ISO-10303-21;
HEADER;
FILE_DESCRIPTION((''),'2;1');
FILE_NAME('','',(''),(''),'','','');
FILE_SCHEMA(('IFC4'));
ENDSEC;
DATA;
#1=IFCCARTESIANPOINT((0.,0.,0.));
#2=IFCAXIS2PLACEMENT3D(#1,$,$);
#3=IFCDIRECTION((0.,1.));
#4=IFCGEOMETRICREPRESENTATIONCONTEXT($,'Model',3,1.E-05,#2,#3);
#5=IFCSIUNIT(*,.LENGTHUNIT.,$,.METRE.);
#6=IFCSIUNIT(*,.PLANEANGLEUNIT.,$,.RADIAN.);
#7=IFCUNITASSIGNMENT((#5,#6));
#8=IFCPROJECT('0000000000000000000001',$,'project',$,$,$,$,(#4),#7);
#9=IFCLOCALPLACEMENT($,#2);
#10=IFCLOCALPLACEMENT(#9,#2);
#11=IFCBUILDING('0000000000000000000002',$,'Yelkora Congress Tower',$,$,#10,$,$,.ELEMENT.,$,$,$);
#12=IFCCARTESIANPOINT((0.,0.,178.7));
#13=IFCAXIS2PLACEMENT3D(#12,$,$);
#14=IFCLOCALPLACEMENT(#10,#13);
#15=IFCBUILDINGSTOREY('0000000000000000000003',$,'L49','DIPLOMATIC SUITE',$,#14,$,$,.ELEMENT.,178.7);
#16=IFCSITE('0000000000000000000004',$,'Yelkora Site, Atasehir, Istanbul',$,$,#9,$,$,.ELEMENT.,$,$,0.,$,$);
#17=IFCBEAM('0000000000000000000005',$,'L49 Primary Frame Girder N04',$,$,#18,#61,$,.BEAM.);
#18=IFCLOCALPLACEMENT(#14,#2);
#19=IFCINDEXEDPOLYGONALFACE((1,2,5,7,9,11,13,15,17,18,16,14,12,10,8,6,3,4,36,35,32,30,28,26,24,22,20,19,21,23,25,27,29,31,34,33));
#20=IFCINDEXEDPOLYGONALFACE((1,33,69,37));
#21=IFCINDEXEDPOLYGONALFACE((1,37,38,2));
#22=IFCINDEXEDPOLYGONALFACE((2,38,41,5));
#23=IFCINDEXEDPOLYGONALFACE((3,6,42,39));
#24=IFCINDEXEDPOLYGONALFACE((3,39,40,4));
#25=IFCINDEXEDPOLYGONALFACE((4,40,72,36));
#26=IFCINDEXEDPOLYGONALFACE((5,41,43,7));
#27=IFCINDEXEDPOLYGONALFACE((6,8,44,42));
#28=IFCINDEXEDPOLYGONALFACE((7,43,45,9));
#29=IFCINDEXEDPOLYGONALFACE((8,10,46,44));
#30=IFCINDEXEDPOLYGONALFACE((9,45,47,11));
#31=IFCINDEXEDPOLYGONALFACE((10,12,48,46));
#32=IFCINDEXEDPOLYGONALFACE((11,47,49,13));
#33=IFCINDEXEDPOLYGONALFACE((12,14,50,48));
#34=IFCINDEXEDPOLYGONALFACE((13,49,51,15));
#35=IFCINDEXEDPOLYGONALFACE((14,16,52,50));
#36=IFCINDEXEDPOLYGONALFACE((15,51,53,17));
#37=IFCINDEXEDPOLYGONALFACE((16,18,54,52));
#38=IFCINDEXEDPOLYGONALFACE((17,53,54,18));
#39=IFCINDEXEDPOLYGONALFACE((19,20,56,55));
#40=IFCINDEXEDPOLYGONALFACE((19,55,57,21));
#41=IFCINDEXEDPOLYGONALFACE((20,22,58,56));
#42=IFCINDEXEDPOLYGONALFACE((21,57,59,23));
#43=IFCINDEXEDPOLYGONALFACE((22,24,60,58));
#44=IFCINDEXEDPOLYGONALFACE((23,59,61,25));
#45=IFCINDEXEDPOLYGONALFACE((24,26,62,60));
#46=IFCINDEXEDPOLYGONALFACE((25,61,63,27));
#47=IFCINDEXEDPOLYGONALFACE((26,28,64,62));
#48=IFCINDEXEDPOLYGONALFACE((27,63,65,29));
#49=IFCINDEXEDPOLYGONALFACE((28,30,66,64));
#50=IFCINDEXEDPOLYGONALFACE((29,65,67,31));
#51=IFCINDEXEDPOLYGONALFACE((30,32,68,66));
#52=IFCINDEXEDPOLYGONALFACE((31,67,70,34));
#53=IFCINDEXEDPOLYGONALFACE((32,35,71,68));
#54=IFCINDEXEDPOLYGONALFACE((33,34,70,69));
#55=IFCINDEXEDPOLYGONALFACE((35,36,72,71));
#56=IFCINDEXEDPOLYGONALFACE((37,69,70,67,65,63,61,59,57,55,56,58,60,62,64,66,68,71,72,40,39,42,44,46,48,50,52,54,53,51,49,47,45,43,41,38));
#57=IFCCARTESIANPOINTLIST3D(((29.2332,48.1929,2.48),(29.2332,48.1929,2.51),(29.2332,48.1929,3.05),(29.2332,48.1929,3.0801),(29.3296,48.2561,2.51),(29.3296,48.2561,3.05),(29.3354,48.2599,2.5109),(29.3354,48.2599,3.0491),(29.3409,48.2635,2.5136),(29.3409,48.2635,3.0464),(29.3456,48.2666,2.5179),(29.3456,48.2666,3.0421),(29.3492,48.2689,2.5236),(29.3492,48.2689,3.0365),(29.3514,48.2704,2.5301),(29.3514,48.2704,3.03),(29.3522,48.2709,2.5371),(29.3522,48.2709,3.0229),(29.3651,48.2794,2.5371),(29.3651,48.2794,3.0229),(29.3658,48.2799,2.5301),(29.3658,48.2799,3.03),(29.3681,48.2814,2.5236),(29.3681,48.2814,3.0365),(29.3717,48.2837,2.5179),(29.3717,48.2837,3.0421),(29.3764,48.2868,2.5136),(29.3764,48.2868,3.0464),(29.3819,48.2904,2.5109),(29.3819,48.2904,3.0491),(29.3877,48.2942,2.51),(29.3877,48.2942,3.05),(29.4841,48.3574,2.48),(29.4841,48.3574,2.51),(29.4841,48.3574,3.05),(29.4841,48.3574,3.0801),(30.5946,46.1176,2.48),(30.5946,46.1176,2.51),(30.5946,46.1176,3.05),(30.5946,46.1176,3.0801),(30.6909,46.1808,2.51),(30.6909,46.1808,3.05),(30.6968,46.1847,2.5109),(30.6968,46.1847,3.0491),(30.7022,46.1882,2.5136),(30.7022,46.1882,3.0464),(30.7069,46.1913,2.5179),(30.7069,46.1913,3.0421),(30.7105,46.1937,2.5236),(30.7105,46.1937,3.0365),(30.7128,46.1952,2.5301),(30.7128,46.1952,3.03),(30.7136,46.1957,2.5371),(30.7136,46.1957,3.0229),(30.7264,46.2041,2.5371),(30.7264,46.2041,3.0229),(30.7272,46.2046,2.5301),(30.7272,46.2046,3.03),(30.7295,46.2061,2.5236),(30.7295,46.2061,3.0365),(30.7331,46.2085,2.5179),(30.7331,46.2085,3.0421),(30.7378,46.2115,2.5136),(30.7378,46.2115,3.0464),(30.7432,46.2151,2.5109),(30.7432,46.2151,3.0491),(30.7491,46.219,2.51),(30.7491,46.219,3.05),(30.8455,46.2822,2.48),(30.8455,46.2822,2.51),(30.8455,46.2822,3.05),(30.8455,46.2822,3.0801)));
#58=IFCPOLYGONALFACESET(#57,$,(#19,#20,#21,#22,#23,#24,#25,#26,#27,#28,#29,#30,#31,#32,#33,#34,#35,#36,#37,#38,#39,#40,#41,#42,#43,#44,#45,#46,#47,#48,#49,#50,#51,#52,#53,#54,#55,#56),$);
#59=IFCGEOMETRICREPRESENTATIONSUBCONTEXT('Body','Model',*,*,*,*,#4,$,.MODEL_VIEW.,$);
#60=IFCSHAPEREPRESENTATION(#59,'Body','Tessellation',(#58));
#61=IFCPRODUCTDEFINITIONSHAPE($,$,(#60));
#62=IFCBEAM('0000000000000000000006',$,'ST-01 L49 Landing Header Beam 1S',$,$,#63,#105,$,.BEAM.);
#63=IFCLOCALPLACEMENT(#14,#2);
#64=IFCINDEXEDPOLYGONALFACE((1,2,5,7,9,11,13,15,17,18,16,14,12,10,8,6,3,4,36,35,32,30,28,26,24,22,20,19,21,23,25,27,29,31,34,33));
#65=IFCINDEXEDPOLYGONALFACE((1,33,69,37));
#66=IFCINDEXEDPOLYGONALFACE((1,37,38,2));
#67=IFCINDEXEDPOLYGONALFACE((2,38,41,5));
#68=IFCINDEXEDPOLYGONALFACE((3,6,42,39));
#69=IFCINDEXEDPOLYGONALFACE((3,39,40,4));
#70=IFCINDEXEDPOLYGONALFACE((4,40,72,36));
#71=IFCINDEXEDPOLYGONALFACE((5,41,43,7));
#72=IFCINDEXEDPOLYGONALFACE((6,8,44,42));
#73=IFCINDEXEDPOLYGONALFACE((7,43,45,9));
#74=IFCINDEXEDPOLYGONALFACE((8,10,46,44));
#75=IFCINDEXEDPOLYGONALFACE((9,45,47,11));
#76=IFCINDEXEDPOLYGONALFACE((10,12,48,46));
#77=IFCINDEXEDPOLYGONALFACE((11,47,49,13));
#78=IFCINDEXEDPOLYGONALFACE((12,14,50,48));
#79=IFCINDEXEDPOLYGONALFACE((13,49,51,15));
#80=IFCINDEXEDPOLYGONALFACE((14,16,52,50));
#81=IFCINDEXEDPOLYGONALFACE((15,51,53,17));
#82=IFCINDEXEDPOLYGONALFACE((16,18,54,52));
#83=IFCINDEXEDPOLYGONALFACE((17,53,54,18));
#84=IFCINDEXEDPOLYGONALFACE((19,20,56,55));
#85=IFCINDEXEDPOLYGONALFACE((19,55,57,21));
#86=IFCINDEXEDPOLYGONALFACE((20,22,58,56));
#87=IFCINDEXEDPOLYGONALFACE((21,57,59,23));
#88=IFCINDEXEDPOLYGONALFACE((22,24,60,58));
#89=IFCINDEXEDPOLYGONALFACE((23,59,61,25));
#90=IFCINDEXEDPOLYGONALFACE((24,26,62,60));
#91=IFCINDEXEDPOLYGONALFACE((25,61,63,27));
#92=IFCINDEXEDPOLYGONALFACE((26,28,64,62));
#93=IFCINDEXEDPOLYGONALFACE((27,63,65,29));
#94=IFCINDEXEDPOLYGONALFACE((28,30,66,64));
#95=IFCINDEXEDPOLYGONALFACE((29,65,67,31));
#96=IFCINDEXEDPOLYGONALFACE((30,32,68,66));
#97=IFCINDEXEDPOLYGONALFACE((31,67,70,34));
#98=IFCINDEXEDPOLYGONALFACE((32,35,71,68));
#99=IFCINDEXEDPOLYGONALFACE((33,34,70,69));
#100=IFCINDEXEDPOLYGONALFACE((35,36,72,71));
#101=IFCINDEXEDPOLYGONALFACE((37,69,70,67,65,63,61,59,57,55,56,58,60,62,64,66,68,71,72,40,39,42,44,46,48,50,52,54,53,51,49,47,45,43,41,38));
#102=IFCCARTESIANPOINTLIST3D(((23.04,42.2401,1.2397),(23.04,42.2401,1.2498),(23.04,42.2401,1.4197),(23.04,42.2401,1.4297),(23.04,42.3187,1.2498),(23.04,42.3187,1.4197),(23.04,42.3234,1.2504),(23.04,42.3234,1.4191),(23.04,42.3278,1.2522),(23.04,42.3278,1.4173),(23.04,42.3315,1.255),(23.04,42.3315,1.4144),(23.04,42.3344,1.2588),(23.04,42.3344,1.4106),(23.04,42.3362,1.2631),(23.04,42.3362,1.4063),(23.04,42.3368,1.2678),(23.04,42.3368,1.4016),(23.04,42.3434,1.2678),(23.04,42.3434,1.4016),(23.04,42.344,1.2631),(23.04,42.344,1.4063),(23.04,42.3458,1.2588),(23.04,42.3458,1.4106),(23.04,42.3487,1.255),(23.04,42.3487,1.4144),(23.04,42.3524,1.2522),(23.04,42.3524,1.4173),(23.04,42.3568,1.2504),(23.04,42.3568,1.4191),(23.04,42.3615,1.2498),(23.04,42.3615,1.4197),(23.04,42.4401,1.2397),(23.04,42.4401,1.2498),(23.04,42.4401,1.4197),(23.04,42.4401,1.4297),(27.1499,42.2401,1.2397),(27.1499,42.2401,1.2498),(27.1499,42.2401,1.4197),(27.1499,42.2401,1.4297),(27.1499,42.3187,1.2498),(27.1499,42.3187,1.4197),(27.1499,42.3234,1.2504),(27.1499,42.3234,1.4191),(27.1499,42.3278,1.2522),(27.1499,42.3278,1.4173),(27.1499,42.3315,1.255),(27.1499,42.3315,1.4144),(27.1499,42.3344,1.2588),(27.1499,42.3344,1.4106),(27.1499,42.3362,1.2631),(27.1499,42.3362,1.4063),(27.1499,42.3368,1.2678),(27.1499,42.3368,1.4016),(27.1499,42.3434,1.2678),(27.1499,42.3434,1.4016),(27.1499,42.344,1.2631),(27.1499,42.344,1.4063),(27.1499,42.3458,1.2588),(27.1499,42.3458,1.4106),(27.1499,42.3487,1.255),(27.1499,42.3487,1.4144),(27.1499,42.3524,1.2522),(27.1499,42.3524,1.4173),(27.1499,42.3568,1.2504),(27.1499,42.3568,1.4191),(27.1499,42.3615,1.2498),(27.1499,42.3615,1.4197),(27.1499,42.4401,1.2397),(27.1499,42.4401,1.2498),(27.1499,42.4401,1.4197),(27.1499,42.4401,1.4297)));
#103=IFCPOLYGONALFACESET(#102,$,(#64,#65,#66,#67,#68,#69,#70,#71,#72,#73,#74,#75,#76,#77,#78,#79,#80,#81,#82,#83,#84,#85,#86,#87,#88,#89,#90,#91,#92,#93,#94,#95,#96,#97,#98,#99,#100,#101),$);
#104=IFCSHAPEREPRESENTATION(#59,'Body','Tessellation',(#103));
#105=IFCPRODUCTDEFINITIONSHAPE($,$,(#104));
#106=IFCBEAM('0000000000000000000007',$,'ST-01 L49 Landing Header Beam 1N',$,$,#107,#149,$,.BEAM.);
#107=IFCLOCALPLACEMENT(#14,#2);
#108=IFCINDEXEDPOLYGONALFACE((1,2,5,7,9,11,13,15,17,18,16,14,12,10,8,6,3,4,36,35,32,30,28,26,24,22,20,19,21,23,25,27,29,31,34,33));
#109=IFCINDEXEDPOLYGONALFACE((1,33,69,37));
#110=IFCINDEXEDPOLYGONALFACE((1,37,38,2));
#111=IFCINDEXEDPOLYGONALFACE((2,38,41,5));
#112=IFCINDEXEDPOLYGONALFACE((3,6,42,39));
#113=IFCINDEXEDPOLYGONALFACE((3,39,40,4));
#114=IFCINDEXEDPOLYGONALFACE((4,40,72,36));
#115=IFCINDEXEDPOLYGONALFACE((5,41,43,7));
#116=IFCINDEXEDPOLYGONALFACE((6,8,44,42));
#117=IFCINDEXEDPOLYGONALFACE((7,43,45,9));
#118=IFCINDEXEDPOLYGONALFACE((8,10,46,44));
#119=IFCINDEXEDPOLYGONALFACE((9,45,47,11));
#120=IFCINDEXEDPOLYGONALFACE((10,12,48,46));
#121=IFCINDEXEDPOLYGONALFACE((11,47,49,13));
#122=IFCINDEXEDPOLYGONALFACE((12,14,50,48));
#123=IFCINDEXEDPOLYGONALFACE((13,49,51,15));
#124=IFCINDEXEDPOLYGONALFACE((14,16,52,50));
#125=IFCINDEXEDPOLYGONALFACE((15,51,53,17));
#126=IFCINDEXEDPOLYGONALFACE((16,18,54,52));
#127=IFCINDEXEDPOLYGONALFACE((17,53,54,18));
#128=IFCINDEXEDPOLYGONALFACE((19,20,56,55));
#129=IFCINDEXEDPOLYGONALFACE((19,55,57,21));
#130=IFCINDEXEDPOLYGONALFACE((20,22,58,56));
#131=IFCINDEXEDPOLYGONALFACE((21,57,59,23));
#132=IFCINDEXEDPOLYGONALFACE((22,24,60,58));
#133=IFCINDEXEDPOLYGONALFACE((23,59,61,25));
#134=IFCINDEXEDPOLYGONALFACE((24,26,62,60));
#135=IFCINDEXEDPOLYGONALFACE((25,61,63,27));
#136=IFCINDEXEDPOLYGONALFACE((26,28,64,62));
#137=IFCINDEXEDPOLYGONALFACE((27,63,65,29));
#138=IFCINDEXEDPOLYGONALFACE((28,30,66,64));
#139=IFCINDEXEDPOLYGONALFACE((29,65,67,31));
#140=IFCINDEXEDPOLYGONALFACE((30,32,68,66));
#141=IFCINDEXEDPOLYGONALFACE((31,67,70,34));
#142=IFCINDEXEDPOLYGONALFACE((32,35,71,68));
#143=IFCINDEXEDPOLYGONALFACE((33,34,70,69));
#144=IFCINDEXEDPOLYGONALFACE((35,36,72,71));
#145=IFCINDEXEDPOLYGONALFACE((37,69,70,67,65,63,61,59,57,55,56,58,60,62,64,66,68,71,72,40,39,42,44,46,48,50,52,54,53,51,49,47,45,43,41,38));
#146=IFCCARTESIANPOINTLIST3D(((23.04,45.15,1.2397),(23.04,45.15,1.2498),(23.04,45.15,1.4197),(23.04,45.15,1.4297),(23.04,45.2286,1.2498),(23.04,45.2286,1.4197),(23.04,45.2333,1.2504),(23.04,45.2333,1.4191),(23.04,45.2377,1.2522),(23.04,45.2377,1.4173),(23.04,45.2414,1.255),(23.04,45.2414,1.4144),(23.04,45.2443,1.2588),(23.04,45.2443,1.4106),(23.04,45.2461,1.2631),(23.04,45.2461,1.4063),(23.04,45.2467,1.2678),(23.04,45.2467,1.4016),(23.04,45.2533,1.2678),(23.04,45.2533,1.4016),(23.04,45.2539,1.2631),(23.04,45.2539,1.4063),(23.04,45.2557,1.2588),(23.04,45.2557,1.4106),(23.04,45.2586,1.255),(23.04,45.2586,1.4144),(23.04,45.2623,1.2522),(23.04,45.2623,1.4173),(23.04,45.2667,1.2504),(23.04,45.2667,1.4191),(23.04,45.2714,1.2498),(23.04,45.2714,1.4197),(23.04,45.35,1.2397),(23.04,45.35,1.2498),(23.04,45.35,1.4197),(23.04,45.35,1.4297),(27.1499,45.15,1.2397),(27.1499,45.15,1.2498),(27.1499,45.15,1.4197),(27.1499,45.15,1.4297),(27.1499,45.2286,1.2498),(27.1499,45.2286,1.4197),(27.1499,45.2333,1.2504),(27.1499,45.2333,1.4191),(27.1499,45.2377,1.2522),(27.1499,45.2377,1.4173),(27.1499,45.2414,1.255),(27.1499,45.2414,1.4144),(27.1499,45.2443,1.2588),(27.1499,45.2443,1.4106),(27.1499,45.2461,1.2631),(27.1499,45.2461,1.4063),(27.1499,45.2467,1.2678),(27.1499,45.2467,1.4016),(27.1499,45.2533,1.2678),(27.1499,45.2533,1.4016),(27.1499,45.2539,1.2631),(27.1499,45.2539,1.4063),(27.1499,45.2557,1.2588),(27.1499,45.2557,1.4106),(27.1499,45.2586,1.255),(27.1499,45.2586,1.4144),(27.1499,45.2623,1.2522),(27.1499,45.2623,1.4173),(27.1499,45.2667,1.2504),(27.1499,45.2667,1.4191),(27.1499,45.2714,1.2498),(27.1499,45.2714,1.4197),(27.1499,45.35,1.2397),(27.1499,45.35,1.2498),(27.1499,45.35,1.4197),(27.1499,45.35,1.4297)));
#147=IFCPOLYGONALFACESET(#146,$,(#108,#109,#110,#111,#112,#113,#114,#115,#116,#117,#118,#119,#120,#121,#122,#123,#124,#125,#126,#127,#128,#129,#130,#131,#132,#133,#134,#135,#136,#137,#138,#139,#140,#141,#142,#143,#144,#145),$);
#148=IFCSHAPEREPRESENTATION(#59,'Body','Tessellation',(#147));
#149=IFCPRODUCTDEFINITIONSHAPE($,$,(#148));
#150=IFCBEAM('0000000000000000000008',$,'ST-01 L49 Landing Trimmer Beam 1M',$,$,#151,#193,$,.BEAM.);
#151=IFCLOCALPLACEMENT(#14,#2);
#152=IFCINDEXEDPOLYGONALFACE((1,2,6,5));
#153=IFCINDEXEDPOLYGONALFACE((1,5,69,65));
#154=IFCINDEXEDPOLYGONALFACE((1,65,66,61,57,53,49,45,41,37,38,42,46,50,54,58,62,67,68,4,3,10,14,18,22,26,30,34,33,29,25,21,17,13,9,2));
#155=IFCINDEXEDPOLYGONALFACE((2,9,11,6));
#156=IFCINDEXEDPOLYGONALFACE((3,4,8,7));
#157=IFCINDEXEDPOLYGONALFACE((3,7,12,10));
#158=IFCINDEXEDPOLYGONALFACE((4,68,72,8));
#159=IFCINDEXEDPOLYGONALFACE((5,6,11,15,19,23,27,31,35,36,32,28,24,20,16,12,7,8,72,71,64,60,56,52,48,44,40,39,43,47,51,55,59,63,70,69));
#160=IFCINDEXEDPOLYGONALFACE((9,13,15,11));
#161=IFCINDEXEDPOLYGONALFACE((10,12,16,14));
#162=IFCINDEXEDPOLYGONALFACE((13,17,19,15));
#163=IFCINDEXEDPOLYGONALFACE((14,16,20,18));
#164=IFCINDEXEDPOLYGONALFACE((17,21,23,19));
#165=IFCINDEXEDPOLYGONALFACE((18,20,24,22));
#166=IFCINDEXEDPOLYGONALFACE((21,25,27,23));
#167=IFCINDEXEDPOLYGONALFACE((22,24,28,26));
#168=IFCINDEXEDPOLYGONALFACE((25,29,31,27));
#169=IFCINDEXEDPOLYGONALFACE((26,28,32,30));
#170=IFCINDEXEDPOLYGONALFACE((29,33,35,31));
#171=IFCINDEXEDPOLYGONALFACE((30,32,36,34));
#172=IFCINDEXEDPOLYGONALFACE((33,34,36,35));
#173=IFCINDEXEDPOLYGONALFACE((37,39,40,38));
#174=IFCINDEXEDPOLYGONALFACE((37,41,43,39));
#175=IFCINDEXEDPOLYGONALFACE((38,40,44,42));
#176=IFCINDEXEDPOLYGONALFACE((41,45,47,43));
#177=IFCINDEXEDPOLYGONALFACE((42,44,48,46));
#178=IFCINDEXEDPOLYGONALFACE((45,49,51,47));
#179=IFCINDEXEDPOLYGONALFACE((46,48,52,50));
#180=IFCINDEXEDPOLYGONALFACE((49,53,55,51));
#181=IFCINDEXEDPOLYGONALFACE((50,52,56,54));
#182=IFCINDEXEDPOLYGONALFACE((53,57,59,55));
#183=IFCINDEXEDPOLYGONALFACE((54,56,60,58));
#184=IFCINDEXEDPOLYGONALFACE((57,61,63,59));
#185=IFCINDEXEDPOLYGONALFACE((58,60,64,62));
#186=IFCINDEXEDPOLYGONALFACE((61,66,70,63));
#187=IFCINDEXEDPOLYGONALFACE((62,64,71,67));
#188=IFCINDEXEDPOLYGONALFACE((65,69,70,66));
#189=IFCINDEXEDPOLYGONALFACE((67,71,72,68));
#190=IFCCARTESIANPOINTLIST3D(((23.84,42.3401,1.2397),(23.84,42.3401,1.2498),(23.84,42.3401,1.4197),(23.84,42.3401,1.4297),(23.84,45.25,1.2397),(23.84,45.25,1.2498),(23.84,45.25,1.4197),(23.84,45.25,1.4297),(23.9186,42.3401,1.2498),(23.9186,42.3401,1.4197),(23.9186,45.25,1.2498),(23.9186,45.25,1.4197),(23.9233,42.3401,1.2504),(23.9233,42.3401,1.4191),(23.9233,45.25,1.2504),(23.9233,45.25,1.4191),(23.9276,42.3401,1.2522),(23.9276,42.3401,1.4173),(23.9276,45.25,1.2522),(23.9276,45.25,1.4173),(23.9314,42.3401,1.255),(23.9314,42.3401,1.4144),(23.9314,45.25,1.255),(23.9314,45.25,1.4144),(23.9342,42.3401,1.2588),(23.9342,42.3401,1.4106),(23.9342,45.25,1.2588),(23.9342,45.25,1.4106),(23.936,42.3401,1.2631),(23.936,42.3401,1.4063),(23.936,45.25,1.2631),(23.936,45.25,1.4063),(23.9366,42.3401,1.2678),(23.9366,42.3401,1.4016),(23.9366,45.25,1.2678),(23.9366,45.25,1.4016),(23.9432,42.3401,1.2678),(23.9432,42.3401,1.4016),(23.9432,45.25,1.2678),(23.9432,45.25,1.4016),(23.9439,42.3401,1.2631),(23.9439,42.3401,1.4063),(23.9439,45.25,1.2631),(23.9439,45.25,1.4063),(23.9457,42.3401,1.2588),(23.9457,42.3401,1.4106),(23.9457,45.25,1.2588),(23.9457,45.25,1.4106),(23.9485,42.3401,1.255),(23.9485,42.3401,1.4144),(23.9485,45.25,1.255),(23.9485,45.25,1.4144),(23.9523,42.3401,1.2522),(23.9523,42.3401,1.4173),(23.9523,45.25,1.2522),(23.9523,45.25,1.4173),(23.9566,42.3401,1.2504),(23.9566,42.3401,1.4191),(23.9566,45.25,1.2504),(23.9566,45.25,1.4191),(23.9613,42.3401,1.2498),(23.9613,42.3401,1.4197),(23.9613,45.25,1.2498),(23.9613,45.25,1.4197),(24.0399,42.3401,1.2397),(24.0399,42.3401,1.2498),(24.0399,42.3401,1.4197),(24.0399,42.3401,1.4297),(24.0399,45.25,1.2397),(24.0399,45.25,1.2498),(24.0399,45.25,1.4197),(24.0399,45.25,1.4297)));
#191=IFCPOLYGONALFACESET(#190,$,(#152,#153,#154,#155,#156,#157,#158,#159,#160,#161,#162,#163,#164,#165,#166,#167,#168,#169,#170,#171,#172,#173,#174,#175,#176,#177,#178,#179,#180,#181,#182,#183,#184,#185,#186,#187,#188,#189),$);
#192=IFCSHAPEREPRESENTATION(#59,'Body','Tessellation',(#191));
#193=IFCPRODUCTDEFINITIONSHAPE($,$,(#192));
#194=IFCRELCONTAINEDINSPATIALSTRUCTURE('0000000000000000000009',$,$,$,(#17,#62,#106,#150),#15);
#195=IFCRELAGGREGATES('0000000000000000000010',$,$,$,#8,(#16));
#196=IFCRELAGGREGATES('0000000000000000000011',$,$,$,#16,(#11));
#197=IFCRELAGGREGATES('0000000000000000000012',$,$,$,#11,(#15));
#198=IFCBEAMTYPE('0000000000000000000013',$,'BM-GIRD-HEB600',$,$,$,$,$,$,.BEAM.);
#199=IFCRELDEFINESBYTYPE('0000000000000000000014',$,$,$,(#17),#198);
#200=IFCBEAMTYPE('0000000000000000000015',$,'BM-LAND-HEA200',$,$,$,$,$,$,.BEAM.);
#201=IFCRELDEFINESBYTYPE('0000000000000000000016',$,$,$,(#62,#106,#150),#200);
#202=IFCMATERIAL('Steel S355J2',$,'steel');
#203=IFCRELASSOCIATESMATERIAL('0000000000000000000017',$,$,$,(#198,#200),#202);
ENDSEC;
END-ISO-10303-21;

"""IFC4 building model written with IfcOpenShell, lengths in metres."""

from ifc_helpers import new_model, si_unit, direction, frame, origin, origin_2d, place, context, subcontext, project, spatial, i_section, extrude, material, material_profile, profile_set, type_object, element, save


model = new_model("IFC4")

# Units and contexts
model_context = context("Model", 3, precision=1e-05, world=origin(), true_north=direction((0.0, 1.0)))
body_context = subcontext(model_context, "Body", "Model", "MODEL_VIEW")
ifc_project = project(units=[si_unit("LENGTHUNIT", "METRE"), si_unit("PLANEANGLEUNIT", "RADIAN")], contexts=[model_context])

# Site, building, storey
site_placement = place(None, origin())
site = spatial("IfcSite", under=ifc_project, at=site_placement, Name="Yelkora Site, Atasehir, Istanbul", CompositionType="ELEMENT", RefElevation=0.0)
building_placement = place(site_placement, origin())
building = spatial("IfcBuilding", under=site, at=building_placement, Name="Yelkora Congress Tower", CompositionType="ELEMENT")
storey_placement = place(building_placement, frame((0.0, 0.0, 178.7)))
storey = spatial("IfcBuildingStorey", under=building, at=storey_placement, Name="L49", Description="DIPLOMATIC SUITE", CompositionType="ELEMENT", Elevation=178.7)

# Beams
ifc_material_1 = material(Name="Steel S355J2", Category="steel")
ifc_material_profile_1 = material_profile(ifc_material_1, i_section(OverallWidth=0.3, OverallDepth=0.6001, WebThickness=0.0154, FlangeThickness=0.03, FilletRadius=0.0271, at=origin_2d()), Name="HEB 600")
ifc_profile_set_1 = profile_set([ifc_material_profile_1], Name="Steel S355J2")
beam_type_1 = type_object("IfcBeamType", Name="BM-GIRD-HEB600", PredefinedType="BEAM", material=ifc_profile_set_1)
beam_1_placement = place(storey_placement, frame((29.3586, 48.2751, 2.78), z_axis=(0.54851, -0.836144, 0.0), x_axis=(0.836144, 0.54851, 0.0)))
element("IfcBeam", 1, at=beam_1_placement, inside=storey, type_object=beam_type_1, Name="L49 Primary Frame Girder N04", PredefinedType="BEAM", context=body_context, shape_type="SweptSolid", body=[
    extrude(i_section(OverallWidth=0.3, OverallDepth=0.6001, WebThickness=0.0154, FlangeThickness=0.03, FilletRadius=0.0271, at=origin_2d()), origin(), (0.0, 0.0, 1.0), 2.4819),
])
ifc_material_profile_2 = material_profile(ifc_material_1, i_section(OverallWidth=0.2, OverallDepth=0.1899, WebThickness=0.0066, FlangeThickness=0.01, FilletRadius=0.0181, at=origin_2d()), Name="HEA 200")
ifc_profile_set_2 = profile_set([ifc_material_profile_2], Name="Steel S355J2")
beam_type_2 = type_object("IfcBeamType", Name="BM-LAND-HEA200", PredefinedType="BEAM", material=ifc_profile_set_2)
for number, where, z_axis, x_axis, name in (
    (2, (23.04, 42.3401, 1.3347), (1.0, 0.0, 0.0), (0.0, 1.0, 0.0), "ST-01 L49 Landing Header Beam 1S"),
    (3, (23.04, 45.25, 1.3347), (1.0, 0.0, 0.0), (0.0, 1.0, 0.0), "ST-01 L49 Landing Header Beam 1N"),
):
    element("IfcBeam", number, at=place(storey_placement, frame(where, z_axis=z_axis, x_axis=x_axis)), inside=storey, type_object=beam_type_2, Name=name, PredefinedType="BEAM", context=body_context, shape_type="SweptSolid", body=[
        extrude(i_section(OverallWidth=0.2, OverallDepth=0.1899, WebThickness=0.0066, FlangeThickness=0.01, FilletRadius=0.0181, at=origin_2d()), origin(), (0.0, 0.0, 1.0), 4.1099),
    ])
beam_2_placement = place(storey_placement, frame((23.9399, 42.3401, 1.3347), z_axis=(0.0, 1.0, 0.0), x_axis=(-1.0, 0.0, 0.0)))
element("IfcBeam", 4, at=beam_2_placement, inside=storey, type_object=beam_type_2, Name="ST-01 L49 Landing Trimmer Beam 1M", PredefinedType="BEAM", context=body_context, shape_type="SweptSolid", body=[
    extrude(i_section(OverallWidth=0.2, OverallDepth=0.1899, WebThickness=0.0066, FlangeThickness=0.01, FilletRadius=0.0181, at=origin_2d()), origin(), (0.0, 0.0, 1.0), 2.9099),
])

save(model, "model.ifc")
